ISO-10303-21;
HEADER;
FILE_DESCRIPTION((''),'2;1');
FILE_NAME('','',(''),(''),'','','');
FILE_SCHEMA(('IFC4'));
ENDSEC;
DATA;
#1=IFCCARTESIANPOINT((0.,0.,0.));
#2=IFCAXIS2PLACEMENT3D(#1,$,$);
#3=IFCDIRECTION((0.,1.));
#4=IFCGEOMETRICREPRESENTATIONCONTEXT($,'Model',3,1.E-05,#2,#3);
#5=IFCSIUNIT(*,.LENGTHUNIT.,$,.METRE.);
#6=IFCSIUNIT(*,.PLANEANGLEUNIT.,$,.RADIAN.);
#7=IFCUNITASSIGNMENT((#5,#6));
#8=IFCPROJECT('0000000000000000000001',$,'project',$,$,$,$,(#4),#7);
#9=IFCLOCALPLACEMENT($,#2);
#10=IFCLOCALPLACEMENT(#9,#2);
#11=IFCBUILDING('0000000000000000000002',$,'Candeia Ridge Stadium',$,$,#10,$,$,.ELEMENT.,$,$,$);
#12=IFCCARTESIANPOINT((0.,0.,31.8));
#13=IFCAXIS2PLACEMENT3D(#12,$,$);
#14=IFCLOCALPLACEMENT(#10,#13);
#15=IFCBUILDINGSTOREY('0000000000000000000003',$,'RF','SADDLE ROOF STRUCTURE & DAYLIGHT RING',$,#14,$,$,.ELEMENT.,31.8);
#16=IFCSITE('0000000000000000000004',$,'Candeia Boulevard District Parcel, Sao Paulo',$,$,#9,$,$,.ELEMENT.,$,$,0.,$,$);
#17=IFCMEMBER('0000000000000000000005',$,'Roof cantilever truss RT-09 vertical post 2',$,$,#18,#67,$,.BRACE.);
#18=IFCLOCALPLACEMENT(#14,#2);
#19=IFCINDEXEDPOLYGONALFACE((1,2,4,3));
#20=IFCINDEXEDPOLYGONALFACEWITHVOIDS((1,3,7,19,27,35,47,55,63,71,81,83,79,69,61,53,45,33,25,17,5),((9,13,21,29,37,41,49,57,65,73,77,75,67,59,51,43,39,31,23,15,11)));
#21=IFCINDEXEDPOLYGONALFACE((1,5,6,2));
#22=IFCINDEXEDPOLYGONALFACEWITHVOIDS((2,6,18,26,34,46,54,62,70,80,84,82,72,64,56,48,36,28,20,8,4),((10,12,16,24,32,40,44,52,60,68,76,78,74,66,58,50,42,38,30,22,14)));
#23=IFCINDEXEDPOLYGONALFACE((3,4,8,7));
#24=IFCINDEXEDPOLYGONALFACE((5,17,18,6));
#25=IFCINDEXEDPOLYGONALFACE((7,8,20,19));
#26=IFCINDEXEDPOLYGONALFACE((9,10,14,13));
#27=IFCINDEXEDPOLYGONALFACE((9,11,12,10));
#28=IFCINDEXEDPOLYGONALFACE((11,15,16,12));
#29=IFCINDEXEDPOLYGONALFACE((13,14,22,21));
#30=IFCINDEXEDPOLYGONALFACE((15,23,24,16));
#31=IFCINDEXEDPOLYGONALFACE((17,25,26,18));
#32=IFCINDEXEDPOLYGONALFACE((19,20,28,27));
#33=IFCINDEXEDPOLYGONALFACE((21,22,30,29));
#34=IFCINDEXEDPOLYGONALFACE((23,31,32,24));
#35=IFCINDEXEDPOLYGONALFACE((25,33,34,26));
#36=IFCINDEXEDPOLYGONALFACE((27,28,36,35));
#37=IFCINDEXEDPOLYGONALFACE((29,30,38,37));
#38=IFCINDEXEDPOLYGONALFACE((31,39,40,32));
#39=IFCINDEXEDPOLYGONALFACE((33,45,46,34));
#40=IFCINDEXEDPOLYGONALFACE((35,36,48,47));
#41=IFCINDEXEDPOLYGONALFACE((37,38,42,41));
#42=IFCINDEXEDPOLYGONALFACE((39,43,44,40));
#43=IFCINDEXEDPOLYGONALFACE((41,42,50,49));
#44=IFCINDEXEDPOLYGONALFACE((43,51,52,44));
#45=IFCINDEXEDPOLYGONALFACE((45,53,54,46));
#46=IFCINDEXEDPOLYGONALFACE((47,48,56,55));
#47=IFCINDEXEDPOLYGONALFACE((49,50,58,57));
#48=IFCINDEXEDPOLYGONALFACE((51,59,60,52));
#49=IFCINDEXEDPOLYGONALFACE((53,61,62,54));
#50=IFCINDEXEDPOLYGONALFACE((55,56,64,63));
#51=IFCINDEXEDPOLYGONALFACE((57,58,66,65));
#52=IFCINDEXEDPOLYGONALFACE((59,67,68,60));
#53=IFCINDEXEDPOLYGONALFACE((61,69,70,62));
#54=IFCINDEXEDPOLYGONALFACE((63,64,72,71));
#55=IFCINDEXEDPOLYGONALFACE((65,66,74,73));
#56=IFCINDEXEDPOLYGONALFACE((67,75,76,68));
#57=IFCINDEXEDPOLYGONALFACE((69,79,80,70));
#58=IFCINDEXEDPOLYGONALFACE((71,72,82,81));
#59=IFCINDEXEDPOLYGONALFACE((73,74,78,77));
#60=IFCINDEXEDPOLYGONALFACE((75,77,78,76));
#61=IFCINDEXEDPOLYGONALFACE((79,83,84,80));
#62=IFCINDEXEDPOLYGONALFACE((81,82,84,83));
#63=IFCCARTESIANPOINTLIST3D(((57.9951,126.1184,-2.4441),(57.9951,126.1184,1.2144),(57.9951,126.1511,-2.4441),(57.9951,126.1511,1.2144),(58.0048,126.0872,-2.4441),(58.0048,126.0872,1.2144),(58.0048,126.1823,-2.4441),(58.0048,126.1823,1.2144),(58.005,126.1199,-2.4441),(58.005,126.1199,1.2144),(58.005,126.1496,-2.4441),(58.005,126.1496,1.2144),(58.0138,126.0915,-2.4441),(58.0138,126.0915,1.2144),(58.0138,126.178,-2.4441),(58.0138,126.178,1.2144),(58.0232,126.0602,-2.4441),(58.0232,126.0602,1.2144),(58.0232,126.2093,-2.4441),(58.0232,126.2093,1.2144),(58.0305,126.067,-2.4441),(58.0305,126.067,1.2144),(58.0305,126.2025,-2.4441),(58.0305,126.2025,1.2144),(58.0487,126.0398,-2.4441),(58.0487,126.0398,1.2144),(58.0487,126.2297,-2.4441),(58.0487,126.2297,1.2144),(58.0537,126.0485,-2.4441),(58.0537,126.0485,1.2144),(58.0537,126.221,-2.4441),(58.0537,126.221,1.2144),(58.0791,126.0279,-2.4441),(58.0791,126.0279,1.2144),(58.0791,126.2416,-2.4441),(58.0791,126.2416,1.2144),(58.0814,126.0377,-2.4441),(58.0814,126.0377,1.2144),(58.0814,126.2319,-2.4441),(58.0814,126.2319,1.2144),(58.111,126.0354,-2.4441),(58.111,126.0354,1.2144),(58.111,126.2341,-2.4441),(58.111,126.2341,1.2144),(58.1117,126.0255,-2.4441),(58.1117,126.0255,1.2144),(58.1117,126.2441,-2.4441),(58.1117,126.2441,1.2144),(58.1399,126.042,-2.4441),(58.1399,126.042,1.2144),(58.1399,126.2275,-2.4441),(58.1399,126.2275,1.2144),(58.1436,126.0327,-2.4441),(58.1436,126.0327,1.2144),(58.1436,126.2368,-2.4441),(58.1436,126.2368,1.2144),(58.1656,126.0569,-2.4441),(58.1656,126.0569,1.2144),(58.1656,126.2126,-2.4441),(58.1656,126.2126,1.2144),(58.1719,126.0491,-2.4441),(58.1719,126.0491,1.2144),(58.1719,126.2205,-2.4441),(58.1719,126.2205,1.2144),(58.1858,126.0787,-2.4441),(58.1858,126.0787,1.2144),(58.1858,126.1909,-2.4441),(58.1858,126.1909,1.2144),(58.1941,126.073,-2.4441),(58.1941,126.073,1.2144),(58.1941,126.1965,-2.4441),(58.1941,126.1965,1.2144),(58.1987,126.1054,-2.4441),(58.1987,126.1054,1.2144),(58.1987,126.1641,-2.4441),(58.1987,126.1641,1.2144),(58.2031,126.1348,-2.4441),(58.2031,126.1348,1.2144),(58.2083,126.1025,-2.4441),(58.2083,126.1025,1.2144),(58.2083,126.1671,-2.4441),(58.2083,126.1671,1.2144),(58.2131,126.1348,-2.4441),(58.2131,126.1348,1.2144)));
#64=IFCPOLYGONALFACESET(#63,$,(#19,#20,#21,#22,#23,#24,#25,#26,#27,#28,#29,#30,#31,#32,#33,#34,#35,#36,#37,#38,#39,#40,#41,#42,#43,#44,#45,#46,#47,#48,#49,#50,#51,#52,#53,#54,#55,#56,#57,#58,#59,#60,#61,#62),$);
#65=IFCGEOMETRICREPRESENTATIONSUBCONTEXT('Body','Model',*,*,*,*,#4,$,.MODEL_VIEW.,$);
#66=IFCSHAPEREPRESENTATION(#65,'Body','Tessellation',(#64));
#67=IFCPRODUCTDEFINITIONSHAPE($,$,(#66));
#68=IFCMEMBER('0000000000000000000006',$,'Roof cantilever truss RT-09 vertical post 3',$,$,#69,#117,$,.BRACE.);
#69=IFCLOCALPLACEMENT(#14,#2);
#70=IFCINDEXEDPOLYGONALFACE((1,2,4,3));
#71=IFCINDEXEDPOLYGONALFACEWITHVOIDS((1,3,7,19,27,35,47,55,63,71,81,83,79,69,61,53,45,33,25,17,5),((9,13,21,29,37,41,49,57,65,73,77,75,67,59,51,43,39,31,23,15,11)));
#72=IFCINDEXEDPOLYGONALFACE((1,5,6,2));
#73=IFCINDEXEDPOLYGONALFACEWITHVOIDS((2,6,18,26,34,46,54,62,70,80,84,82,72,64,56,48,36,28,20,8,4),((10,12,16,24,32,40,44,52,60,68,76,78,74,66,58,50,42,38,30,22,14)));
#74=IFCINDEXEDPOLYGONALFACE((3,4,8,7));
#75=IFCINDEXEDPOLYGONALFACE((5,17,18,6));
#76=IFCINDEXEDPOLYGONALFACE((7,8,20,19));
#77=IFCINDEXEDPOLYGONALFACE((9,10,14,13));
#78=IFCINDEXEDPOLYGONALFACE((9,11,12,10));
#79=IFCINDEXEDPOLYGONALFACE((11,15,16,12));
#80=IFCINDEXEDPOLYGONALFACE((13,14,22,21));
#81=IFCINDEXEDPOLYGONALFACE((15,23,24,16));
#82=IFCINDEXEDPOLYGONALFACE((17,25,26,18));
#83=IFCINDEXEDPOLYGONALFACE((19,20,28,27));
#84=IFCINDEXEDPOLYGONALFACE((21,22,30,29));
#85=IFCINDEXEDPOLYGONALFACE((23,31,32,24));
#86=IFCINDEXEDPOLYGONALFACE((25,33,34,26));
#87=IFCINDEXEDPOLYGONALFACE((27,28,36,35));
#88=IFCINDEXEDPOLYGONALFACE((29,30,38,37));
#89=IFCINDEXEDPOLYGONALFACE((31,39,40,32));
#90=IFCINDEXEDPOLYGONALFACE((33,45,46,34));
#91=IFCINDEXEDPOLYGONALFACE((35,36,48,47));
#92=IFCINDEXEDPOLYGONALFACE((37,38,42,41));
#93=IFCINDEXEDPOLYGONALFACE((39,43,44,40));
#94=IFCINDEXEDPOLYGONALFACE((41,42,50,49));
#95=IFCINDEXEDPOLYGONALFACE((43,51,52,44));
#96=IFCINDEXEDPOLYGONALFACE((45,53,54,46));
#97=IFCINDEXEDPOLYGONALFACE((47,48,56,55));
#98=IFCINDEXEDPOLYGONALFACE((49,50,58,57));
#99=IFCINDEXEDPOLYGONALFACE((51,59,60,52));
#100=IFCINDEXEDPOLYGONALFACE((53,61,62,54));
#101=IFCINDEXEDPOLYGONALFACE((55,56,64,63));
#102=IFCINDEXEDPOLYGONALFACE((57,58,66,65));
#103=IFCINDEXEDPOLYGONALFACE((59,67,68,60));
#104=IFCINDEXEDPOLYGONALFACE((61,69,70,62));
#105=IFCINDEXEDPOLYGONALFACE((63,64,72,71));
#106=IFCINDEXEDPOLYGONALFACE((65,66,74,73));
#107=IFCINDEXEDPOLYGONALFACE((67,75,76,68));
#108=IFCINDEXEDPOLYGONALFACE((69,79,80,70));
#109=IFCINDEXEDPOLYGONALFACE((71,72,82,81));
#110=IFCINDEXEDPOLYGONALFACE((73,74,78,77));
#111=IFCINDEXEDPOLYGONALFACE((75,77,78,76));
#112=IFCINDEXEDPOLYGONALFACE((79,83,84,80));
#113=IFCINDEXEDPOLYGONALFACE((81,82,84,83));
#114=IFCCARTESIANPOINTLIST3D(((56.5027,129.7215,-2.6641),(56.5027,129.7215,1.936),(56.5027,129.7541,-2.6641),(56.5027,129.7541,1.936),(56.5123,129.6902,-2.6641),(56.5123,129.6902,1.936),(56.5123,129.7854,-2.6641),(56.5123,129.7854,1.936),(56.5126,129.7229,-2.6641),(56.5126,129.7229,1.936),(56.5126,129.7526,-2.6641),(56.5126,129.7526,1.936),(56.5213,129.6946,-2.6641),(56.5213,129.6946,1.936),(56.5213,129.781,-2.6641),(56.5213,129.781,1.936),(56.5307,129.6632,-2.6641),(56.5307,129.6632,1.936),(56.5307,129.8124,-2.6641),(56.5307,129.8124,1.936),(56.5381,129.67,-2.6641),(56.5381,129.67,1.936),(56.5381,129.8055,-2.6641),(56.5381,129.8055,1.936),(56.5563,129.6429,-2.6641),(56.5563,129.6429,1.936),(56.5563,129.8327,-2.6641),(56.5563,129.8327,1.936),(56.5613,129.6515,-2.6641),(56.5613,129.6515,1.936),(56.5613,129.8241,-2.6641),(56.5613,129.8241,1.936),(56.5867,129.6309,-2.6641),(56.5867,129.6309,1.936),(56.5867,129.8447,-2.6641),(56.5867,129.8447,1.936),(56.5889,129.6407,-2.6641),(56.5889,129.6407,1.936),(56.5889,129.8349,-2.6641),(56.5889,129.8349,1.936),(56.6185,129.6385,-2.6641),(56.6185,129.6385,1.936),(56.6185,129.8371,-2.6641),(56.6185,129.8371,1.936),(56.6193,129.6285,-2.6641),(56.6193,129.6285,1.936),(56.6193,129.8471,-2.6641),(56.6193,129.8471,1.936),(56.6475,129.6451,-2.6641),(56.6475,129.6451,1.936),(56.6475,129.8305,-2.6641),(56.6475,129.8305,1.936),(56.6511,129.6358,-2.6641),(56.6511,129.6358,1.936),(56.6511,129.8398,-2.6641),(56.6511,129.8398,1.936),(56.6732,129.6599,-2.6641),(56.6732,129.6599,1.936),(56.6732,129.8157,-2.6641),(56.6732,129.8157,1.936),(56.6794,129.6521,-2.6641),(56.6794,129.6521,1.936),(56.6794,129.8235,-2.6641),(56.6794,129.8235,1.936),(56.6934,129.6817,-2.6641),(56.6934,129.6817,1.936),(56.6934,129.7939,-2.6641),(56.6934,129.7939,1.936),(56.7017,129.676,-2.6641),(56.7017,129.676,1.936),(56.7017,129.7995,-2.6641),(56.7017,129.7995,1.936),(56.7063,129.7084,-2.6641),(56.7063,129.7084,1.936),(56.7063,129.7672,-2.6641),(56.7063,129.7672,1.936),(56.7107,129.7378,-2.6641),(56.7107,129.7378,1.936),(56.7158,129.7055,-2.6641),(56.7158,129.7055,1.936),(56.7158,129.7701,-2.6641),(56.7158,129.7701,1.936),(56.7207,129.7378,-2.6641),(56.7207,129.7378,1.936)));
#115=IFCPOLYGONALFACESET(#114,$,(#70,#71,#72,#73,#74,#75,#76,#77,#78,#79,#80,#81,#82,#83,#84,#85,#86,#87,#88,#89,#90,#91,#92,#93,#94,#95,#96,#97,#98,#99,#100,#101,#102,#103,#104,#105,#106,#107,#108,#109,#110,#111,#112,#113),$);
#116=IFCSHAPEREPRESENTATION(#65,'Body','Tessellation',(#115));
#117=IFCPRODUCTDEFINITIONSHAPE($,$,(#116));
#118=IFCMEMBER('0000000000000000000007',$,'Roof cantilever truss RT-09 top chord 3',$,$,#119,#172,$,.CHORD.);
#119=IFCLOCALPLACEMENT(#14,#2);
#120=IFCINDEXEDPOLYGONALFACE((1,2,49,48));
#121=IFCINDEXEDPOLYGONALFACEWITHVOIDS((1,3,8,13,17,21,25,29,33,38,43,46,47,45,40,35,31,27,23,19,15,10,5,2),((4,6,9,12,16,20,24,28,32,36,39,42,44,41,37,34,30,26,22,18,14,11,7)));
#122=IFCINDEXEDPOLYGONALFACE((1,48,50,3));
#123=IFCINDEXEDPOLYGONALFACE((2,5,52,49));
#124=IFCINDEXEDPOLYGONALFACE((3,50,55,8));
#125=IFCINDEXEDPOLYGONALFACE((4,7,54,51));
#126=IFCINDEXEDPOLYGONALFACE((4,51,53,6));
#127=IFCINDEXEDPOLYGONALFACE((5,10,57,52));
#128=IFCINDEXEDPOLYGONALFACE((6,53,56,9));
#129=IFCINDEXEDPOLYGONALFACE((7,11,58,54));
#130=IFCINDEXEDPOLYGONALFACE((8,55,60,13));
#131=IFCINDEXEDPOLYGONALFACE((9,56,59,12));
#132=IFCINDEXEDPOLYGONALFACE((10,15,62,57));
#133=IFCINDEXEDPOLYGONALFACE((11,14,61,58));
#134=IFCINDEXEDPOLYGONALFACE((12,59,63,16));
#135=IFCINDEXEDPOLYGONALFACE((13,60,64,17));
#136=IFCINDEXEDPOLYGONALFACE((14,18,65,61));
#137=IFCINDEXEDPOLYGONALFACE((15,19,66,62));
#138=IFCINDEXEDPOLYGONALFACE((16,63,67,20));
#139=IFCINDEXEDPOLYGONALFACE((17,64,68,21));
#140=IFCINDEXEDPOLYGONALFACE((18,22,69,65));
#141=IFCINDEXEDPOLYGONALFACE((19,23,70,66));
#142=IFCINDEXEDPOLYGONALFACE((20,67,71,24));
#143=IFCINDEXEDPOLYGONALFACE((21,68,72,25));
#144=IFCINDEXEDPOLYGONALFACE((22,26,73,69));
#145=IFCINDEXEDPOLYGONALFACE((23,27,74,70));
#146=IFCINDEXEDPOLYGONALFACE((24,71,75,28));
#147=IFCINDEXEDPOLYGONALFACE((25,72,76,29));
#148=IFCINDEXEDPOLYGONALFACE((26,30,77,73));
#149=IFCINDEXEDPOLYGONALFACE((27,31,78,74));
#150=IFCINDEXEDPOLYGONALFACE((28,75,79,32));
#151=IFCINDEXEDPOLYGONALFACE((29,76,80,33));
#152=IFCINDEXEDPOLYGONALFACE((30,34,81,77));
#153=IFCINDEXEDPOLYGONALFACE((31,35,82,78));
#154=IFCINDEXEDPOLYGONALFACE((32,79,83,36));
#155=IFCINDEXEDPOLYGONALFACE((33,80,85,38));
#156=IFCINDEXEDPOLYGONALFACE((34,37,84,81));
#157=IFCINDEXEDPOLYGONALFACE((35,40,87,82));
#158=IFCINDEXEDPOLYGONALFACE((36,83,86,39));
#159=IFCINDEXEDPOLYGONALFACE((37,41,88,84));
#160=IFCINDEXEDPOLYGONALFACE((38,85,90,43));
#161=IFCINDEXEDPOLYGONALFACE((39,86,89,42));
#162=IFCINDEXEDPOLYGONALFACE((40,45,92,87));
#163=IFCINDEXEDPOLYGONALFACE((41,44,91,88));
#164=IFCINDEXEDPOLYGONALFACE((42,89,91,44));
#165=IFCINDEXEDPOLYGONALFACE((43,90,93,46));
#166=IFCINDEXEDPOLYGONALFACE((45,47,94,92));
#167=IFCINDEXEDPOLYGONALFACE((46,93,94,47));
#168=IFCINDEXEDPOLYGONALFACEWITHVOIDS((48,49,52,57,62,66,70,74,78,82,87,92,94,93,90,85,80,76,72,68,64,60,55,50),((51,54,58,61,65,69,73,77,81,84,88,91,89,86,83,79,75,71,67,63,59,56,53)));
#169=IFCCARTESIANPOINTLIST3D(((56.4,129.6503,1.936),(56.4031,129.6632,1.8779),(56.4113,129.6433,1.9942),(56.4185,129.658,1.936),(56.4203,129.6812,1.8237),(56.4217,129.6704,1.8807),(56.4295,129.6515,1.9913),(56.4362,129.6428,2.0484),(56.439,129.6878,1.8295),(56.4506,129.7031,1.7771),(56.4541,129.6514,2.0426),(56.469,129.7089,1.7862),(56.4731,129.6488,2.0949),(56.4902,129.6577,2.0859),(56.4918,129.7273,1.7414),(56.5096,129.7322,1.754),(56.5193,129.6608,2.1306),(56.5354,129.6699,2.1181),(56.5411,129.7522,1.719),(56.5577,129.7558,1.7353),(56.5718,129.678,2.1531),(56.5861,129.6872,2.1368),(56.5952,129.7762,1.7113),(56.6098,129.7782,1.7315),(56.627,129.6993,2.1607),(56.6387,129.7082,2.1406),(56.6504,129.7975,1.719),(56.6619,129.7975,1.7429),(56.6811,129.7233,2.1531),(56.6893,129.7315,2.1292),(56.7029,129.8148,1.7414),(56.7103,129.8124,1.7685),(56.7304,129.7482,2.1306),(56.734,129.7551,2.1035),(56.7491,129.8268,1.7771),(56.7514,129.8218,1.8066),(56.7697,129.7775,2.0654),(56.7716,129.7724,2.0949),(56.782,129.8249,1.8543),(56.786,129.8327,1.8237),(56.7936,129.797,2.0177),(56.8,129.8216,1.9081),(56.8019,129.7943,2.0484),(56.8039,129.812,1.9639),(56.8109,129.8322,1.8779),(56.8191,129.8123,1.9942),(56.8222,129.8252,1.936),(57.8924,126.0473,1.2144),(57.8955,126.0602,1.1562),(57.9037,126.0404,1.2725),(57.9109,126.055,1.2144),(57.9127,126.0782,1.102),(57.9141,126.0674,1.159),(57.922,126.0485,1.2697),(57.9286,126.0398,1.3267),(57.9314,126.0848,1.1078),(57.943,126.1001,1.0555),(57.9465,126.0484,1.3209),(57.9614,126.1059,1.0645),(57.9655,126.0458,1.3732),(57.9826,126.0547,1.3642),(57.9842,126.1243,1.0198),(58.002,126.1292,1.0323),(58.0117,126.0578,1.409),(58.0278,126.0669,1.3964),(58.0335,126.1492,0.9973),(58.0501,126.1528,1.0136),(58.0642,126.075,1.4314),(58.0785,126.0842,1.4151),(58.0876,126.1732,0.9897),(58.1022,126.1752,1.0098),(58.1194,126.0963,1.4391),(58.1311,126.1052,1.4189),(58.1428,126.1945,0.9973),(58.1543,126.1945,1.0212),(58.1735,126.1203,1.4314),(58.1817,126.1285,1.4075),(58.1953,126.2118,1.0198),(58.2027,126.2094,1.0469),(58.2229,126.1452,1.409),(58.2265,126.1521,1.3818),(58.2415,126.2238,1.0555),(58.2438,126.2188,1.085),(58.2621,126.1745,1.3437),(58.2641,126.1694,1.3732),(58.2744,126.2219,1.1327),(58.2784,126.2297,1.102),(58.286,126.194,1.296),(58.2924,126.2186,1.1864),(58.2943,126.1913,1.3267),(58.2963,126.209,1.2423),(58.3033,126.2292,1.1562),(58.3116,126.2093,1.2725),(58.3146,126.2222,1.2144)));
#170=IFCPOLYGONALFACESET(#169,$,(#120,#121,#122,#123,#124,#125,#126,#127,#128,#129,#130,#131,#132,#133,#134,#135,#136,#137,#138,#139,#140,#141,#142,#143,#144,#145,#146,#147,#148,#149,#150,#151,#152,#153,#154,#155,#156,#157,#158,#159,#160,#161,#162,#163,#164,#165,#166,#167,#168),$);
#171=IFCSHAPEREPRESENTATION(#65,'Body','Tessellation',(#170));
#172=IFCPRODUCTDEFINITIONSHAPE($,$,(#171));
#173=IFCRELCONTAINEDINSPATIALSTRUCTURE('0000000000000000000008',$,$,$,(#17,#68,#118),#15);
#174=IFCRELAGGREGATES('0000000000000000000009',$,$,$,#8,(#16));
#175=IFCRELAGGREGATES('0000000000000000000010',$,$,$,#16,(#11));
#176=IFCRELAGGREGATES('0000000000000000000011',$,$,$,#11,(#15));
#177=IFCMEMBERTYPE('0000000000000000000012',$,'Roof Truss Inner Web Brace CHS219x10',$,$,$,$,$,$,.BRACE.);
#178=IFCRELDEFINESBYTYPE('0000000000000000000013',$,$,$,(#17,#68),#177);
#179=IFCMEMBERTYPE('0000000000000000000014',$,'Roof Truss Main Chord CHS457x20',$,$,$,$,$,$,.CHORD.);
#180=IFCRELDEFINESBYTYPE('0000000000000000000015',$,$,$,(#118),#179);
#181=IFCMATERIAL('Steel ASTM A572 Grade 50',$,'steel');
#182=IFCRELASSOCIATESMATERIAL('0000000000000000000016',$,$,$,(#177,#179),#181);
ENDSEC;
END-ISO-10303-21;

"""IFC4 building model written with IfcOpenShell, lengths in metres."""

from ifc_helpers import new_model, si_unit, direction, frame, origin, origin_2d, place, context, subcontext, project, spatial, hollow_circle, extrude, material, material_profile, profile_set, type_object, element, save


model = new_model("IFC4")

# Units and contexts
model_context = context("Model", 3, precision=1e-05, world=origin(), true_north=direction((0.0, 1.0)))
body_context = subcontext(model_context, "Body", "Model", "MODEL_VIEW")
ifc_project = project(units=[si_unit("LENGTHUNIT", "METRE"), si_unit("PLANEANGLEUNIT", "RADIAN")], contexts=[model_context])

# Site, building, storey
site_placement = place(None, origin())
site = spatial("IfcSite", under=ifc_project, at=site_placement, Name="Candeia Boulevard District Parcel, Sao Paulo", CompositionType="ELEMENT", RefElevation=0.0)
building_placement = place(site_placement, origin())
building = spatial("IfcBuilding", under=site, at=building_placement, Name="Candeia Ridge Stadium", CompositionType="ELEMENT")
storey_placement = place(building_placement, frame((0.0, 0.0, 31.8)))
storey = spatial("IfcBuildingStorey", under=building, at=storey_placement, Name="RF", Description="SADDLE ROOF STRUCTURE & DAYLIGHT RING", CompositionType="ELEMENT", Elevation=31.8)

# Shared definitions
ifc_material_1 = material(Name="Steel ASTM A572 Grade 50", Category="steel")

# Members
ifc_material_profile_1 = material_profile(ifc_material_1, hollow_circle(Radius=0.1096, WallThickness=0.01, at=origin_2d()), Name="CHS219x10", Category="steel")
ifc_profile_set_1 = profile_set([ifc_material_profile_1], Name="Steel ASTM A572 Grade 50")
member_type_1 = type_object("IfcMemberType", Name="Roof Truss Inner Web Brace CHS219x10", PredefinedType="BRACE", material=ifc_profile_set_1)
member_1_placement = place(storey_placement, frame((58.1035, 126.1348, -2.4441), z_axis=(0.0, 0.0, 1.0), x_axis=(1.0, 0.0, 0.0)))
element("IfcMember", 1, at=member_1_placement, inside=storey, type_object=member_type_1, Name="Roof cantilever truss RT-09 vertical post 2", PredefinedType="BRACE", context=body_context, shape_type="SweptSolid", body=[
    extrude(hollow_circle(Radius=0.1096, WallThickness=0.01, at=origin_2d()), origin(), (0.0, 0.0, 1.0), 3.6584),
])
member_2_placement = place(storey_placement, frame((56.6111, 129.7378, -2.6641), z_axis=(0.0, 0.0, 1.0), x_axis=(1.0, 0.0, 0.0)))
element("IfcMember", 2, at=member_2_placement, inside=storey, type_object=member_type_1, Name="Roof cantilever truss RT-09 vertical post 3", PredefinedType="BRACE", context=body_context, shape_type="SweptSolid", body=[
    extrude(hollow_circle(Radius=0.1096, WallThickness=0.01, at=origin_2d()), origin(), (0.0, 0.0, 1.0), 4.6001),
])
ifc_material_profile_2 = material_profile(ifc_material_1, hollow_circle(Radius=0.2285, WallThickness=0.02, at=origin_2d()), Name="CHS457x20", Category="steel")
ifc_profile_set_2 = profile_set([ifc_material_profile_2], Name="Steel ASTM A572 Grade 50")
member_type_2 = type_object("IfcMemberType", Name="Roof Truss Main Chord CHS457x20", PredefinedType="CHORD", material=ifc_profile_set_2)
member_3_placement = place(storey_placement, frame((58.1035, 126.1348, 1.2144), z_axis=(-0.376297, 0.908455, 0.181962), x_axis=(-0.923879, -0.382685, 0.0)))
element("IfcMember", 3, at=member_3_placement, inside=storey, type_object=member_type_2, Name="Roof cantilever truss RT-09 top chord 3", PredefinedType="CHORD", context=body_context, shape_type="SweptSolid", body=[
    extrude(hollow_circle(Radius=0.2285, WallThickness=0.02, at=origin_2d()), origin(), (0.0, 0.0, 1.0), 3.9661),
])

save(model, "model.ifc")
